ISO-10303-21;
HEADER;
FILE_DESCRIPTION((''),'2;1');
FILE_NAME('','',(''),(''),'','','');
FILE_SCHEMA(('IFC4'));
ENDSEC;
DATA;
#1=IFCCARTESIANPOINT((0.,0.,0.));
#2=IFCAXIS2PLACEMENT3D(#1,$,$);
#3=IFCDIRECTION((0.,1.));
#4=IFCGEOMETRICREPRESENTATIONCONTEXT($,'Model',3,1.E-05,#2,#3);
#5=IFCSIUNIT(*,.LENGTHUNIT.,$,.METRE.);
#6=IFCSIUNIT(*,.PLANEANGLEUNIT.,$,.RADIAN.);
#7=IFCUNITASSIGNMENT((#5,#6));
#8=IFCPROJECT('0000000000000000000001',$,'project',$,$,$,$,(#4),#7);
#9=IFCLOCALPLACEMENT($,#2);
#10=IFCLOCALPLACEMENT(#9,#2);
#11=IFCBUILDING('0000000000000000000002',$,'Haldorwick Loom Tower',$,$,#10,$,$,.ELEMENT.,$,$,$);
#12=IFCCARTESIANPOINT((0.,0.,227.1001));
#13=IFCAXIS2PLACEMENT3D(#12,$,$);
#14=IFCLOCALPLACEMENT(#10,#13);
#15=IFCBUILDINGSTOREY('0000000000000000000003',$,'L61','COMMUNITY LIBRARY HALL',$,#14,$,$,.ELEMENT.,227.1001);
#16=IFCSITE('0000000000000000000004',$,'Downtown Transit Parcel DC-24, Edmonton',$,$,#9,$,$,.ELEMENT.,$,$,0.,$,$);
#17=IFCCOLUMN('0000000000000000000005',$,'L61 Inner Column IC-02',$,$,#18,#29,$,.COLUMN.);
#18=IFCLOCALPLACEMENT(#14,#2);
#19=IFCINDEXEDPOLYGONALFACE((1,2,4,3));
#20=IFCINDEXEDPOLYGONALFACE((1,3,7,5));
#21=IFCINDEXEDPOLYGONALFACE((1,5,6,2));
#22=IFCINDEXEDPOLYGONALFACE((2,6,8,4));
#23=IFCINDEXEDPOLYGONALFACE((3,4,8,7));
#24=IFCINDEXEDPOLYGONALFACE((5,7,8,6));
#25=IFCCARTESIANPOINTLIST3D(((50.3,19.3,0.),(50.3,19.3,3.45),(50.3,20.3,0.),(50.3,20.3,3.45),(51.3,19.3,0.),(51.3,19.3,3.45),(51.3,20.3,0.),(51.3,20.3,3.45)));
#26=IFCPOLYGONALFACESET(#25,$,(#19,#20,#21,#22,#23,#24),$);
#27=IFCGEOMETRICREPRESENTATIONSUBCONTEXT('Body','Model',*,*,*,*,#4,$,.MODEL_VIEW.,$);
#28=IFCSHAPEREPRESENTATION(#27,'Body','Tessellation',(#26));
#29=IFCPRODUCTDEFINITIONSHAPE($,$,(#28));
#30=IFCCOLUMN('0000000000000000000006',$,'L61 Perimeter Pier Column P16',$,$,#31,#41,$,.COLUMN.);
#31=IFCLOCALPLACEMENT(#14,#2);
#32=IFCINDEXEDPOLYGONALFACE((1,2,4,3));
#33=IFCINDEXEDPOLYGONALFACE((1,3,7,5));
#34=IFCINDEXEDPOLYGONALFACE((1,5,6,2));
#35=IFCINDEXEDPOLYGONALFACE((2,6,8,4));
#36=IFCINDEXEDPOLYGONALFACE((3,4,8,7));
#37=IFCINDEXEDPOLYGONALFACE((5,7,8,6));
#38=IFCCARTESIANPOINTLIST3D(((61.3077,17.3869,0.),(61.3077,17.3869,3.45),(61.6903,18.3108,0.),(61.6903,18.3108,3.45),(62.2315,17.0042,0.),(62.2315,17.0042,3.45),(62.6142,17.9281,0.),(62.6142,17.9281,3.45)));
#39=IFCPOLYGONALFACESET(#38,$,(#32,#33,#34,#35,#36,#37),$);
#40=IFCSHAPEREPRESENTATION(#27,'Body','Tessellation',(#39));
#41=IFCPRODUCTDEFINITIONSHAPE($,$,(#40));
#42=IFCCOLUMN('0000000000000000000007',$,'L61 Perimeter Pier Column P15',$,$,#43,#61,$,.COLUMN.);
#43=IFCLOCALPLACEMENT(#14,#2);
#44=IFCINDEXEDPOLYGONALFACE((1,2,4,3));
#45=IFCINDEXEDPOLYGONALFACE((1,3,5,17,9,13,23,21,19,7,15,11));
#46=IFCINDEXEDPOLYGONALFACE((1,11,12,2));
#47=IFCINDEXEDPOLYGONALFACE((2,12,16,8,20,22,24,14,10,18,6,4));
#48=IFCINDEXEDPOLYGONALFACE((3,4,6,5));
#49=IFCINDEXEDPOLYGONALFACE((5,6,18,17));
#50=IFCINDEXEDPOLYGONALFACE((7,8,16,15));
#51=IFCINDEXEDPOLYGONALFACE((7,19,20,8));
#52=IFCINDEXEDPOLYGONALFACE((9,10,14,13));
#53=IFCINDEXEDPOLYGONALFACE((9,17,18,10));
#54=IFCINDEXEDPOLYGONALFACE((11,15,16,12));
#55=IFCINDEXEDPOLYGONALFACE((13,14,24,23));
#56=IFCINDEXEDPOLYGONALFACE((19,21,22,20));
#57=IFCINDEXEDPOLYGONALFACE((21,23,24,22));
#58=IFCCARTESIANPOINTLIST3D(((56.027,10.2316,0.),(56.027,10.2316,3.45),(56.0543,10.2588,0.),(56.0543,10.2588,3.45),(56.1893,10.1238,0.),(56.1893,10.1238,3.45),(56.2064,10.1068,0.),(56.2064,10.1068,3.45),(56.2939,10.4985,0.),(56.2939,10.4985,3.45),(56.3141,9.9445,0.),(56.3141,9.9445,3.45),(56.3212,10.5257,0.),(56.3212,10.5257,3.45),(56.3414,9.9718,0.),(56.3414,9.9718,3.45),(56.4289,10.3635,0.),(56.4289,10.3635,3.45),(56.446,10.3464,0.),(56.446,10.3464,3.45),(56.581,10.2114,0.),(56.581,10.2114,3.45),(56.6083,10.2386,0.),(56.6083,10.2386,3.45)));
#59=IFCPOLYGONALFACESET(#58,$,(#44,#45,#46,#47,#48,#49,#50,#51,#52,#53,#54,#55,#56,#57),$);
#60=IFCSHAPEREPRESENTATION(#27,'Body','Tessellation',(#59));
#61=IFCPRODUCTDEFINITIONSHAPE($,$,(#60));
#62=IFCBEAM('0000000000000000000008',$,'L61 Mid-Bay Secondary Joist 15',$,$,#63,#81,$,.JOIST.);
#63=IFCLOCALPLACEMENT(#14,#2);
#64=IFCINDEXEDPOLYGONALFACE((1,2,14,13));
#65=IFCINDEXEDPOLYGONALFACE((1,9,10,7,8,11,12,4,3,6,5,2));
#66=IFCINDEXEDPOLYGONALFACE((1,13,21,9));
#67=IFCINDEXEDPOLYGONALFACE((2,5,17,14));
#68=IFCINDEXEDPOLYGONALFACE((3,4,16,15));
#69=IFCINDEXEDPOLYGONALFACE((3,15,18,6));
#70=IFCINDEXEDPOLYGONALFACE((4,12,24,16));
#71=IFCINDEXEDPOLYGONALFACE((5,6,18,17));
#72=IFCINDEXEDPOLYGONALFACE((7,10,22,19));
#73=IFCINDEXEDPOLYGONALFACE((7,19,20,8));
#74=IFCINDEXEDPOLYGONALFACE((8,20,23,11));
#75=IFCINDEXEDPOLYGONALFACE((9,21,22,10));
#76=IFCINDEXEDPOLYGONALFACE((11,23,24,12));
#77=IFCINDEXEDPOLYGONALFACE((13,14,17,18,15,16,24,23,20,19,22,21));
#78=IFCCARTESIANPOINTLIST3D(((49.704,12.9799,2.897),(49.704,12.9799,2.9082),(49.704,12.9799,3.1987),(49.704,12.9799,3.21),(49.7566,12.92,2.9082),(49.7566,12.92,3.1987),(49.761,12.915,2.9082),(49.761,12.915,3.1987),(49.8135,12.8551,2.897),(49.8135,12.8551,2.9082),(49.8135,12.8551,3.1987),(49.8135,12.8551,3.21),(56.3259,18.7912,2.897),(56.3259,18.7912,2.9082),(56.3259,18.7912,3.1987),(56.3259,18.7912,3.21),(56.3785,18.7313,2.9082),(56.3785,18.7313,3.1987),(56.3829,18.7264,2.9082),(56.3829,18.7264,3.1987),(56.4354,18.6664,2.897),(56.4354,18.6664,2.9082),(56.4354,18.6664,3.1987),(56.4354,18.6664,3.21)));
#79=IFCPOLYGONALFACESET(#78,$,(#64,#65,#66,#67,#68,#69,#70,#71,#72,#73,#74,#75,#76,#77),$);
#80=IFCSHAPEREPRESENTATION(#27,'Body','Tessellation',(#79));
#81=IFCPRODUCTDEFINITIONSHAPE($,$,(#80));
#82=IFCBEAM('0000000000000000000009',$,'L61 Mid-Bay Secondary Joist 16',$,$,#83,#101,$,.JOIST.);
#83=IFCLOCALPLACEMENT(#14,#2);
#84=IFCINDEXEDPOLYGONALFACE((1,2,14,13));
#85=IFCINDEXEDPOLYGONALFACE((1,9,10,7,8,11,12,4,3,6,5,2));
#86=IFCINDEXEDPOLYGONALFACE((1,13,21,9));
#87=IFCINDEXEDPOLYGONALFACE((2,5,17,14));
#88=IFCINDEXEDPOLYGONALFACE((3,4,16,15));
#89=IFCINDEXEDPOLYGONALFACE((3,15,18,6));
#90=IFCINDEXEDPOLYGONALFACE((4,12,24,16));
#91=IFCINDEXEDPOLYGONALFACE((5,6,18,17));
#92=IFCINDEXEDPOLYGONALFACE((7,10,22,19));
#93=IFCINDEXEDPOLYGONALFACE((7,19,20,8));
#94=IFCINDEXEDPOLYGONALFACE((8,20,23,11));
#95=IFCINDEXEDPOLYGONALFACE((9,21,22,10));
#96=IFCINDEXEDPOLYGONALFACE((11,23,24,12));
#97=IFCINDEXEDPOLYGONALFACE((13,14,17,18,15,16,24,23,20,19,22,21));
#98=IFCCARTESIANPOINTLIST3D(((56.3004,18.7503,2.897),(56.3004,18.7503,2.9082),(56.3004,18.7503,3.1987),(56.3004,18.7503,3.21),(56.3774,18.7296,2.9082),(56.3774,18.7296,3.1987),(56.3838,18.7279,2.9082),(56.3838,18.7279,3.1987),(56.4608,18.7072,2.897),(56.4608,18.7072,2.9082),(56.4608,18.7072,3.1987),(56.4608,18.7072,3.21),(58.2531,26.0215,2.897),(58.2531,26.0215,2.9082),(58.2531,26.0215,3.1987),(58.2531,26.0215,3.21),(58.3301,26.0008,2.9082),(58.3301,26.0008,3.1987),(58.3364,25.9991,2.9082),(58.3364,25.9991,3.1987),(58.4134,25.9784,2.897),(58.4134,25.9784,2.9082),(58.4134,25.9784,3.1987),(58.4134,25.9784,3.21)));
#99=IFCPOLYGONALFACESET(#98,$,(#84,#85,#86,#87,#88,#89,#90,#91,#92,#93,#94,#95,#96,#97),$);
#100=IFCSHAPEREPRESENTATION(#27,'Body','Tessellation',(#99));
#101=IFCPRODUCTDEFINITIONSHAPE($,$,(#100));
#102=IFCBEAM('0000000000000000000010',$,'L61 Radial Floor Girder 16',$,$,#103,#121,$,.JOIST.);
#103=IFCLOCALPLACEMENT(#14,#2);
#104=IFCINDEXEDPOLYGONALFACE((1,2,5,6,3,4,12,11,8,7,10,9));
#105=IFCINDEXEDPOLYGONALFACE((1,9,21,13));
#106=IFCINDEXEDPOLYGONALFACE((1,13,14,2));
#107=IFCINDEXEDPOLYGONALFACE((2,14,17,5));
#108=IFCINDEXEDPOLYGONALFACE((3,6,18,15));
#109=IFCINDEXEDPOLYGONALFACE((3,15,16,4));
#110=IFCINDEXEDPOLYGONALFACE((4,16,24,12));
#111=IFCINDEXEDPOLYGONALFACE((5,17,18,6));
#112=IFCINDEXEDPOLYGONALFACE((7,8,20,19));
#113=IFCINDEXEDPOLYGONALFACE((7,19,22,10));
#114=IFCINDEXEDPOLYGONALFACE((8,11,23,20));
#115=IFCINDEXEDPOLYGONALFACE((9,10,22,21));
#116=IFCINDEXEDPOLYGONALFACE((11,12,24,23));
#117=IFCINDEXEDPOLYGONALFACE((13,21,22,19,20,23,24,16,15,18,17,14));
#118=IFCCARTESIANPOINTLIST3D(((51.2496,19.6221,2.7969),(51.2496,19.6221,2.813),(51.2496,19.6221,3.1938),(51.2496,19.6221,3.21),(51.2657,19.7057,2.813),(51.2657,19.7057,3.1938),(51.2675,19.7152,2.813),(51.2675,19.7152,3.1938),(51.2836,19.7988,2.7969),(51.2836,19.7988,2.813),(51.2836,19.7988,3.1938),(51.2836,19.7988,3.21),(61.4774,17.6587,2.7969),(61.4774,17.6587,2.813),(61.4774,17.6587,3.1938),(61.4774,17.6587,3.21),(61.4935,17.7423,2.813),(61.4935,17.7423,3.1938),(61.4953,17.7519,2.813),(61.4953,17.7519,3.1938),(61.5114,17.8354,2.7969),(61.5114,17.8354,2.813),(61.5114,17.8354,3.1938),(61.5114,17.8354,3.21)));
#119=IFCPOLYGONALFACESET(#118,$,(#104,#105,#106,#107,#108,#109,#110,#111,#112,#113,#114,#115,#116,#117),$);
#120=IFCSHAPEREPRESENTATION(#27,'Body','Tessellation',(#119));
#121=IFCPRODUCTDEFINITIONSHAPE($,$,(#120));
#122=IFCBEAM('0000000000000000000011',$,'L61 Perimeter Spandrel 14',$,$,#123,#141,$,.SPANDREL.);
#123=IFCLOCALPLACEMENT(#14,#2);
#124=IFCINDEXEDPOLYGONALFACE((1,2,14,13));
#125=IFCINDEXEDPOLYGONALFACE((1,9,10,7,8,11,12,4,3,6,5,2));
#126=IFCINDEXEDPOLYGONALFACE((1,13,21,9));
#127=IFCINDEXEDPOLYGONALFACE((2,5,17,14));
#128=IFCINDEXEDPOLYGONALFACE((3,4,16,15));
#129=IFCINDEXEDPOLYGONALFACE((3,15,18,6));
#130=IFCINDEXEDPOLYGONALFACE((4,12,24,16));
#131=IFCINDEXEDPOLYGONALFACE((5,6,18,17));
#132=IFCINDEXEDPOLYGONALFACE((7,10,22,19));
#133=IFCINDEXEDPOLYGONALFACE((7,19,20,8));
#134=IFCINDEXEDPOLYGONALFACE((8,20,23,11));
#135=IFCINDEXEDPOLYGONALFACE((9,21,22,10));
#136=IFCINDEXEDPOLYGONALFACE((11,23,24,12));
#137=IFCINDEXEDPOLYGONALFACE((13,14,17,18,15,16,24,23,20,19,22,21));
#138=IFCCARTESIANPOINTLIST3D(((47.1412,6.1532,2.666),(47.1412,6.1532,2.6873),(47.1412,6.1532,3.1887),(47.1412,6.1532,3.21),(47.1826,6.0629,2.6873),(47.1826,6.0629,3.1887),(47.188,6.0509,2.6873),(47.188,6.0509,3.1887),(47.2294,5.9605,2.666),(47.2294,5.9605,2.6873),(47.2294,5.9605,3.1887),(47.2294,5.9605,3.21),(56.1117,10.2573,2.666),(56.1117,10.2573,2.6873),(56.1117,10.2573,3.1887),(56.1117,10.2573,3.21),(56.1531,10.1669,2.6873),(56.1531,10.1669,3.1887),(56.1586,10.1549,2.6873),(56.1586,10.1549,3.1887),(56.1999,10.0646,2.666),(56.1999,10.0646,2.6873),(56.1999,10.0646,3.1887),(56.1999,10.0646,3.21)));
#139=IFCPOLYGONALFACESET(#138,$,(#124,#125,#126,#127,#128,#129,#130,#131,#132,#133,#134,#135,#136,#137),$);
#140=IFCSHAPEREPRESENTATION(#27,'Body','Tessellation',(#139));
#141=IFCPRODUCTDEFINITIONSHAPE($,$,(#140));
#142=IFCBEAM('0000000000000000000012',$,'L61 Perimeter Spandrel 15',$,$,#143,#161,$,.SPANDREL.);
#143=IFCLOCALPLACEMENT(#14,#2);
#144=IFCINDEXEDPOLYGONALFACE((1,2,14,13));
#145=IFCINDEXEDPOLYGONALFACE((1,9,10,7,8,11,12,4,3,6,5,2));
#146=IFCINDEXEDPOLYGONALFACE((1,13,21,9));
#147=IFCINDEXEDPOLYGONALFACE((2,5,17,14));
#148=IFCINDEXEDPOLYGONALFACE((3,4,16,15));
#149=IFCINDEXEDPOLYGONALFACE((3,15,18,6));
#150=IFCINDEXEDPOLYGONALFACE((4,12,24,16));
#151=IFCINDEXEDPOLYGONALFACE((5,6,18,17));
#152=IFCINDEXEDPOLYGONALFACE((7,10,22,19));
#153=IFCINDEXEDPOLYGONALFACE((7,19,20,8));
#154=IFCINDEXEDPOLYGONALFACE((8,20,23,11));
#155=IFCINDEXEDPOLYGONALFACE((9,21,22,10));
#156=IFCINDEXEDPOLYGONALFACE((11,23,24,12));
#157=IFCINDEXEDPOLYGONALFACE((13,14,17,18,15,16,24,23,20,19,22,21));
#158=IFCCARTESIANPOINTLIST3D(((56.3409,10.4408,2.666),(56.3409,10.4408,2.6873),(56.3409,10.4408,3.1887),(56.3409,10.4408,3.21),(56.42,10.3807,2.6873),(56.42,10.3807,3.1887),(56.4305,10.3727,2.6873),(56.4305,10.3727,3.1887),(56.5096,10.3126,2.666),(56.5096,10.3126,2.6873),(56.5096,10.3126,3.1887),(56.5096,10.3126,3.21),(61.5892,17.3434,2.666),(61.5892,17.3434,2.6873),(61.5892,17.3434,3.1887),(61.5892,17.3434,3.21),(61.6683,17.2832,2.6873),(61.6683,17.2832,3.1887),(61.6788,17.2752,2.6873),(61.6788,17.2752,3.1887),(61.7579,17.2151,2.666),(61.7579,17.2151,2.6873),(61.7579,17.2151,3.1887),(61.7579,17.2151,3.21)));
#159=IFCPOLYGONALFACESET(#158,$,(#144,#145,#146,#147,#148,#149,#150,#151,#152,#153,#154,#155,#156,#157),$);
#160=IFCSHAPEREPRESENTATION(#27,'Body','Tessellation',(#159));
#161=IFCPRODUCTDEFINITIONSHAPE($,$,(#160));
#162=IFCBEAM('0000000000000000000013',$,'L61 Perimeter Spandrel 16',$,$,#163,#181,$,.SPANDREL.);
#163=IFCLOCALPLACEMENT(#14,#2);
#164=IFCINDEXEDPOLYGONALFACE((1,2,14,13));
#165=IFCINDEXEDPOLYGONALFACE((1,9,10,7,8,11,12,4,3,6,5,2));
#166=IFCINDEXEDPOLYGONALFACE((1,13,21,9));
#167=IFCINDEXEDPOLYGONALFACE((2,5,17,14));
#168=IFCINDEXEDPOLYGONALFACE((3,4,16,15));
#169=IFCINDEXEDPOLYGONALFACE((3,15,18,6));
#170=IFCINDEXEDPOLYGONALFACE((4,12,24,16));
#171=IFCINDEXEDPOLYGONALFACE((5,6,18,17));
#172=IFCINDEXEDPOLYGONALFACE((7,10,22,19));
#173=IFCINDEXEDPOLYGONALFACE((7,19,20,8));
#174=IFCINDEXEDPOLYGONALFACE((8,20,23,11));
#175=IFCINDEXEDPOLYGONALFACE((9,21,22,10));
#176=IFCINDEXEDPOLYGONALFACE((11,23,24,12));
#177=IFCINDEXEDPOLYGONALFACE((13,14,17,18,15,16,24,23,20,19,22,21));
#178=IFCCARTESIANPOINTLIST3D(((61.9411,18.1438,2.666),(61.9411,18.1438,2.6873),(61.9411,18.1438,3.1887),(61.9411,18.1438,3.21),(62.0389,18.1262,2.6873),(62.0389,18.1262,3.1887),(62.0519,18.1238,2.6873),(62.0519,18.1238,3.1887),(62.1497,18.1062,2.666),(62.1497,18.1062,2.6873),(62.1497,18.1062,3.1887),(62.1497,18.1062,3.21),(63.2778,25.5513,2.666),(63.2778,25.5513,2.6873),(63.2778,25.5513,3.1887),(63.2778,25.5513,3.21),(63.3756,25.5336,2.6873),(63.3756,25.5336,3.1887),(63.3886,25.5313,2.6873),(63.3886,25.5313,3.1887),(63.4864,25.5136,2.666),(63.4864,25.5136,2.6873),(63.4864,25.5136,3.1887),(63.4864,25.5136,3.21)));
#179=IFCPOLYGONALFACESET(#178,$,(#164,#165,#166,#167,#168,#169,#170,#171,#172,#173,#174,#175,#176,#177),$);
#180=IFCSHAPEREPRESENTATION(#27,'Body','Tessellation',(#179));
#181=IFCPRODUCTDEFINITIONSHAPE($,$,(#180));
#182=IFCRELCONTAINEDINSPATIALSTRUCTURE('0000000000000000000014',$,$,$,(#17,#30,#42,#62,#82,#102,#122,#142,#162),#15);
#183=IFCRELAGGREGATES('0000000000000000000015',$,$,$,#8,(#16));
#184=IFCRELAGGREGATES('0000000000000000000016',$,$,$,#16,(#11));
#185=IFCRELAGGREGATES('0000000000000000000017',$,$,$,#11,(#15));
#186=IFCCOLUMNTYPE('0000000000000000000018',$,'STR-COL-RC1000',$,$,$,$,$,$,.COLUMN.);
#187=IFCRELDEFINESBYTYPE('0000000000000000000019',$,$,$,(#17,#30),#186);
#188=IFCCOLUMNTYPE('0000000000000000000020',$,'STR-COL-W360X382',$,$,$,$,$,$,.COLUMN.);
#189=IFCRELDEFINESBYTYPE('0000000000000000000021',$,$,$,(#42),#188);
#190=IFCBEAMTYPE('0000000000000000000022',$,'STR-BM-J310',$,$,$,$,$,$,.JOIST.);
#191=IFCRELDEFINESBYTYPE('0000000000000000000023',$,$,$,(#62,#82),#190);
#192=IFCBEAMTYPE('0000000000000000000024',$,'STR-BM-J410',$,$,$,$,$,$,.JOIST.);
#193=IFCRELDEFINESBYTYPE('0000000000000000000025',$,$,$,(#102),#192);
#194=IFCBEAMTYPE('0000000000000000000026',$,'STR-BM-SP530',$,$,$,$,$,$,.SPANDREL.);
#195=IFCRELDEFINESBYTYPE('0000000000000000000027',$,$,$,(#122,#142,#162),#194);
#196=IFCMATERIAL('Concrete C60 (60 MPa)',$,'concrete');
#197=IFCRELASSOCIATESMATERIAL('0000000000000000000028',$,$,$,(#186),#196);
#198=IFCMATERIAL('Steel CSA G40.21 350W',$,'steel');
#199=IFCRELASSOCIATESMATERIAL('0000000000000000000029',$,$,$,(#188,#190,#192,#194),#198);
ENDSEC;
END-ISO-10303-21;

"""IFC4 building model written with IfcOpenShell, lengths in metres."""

from ifc_helpers import new_model, si_unit, direction, frame, origin, origin_2d, place, context, subcontext, project, spatial, rectangle, i_section, extrude, material, material_profile, profile_set, type_object, element, save


model = new_model("IFC4")

# Units and contexts
model_context = context("Model", 3, precision=1e-05, world=origin(), true_north=direction((0.0, 1.0)))
body_context = subcontext(model_context, "Body", "Model", "MODEL_VIEW")
ifc_project = project(units=[si_unit("LENGTHUNIT", "METRE"), si_unit("PLANEANGLEUNIT", "RADIAN")], contexts=[model_context])

# Site, building, storey
site_placement = place(None, origin())
site = spatial("IfcSite", under=ifc_project, at=site_placement, Name="Downtown Transit Parcel DC-24, Edmonton", CompositionType="ELEMENT", RefElevation=0.0)
building_placement = place(site_placement, origin())
building = spatial("IfcBuilding", under=site, at=building_placement, Name="Haldorwick Loom Tower", CompositionType="ELEMENT")
storey_placement = place(building_placement, frame((0.0, 0.0, 227.1001)))
storey = spatial("IfcBuildingStorey", under=building, at=storey_placement, Name="L61", Description="COMMUNITY LIBRARY HALL", CompositionType="ELEMENT", Elevation=227.1001)

# Columns
ifc_material_1 = material(Name="Concrete C60 (60 MPa)", Category="concrete")
ifc_material_profile_1 = material_profile(ifc_material_1, rectangle(XDim=1.0, YDim=1.0, at=origin_2d()), Name="RC1000X1000", Category="concrete")
ifc_profile_set_1 = profile_set([ifc_material_profile_1], Name="Concrete C60 (60 MPa)")
column_type_1 = type_object("IfcColumnType", Name="STR-COL-RC1000", PredefinedType="COLUMN", material=ifc_profile_set_1)
for number, where, z_axis, x_axis, name in (
    (1, (50.8, 19.8, 0.0), (0.0, 0.0, 1.0), (1.0, 0.0, 0.0), "L61 Inner Column IC-02"),
    (2, (61.9609, 17.6575, 0.0), (0.0, 0.0, 1.0), (0.92388, -0.382683, 0.0), "L61 Perimeter Pier Column P16"),
):
    element("IfcColumn", number, at=place(storey_placement, frame(where, z_axis=z_axis, x_axis=x_axis)), inside=storey, type_object=column_type_1, Name=name, PredefinedType="COLUMN", context=body_context, shape_type="SweptSolid", body=[
        extrude(rectangle(XDim=1.0, YDim=1.0, at=origin_2d()), origin(), (0.0, 0.0, 1.0), 3.45),
    ])
ifc_material_2 = material(Name="Steel CSA G40.21 350W", Category="steel")
ifc_material_profile_2 = material_profile(ifc_material_2, i_section(OverallWidth=0.406, OverallDepth=0.416, WebThickness=0.0242, FlangeThickness=0.0386, at=origin_2d()), Name="W360X382", Category="steel")
ifc_profile_set_2 = profile_set([ifc_material_profile_2], Name="Steel CSA G40.21 350W")
column_type_2 = type_object("IfcColumnType", Name="STR-COL-W360X382", PredefinedType="COLUMN", material=ifc_profile_set_2)
column_placement = place(storey_placement, frame((56.3176, 10.2351, 0.0), z_axis=(0.0, 0.0, 1.0), x_axis=(0.707107, -0.707107, 0.0)))
element("IfcColumn", 3, at=column_placement, inside=storey, type_object=column_type_2, Name="L61 Perimeter Pier Column P15", PredefinedType="COLUMN", context=body_context, shape_type="SweptSolid", body=[
    extrude(i_section(OverallWidth=0.406, OverallDepth=0.416, WebThickness=0.0242, FlangeThickness=0.0386, at=origin_2d()), origin(), (0.0, 0.0, 1.0), 3.45),
])

# Beams
ifc_material_profile_3 = material_profile(ifc_material_2, i_section(OverallWidth=0.166, OverallDepth=0.313, WebThickness=0.0066, FlangeThickness=0.0112, at=origin_2d()), Name="W310X45", Category="steel")
ifc_profile_set_3 = profile_set([ifc_material_profile_3], Name="Steel CSA G40.21 350W")
beam_type_1 = type_object("IfcBeamType", Name="STR-BM-J310", PredefinedType="JOIST", material=ifc_profile_set_3)
beam_1_placement = place(storey_placement, frame((49.7588, 12.9175, 3.0535), z_axis=(0.751609, 0.659608, 0.0), x_axis=(-0.659608, 0.751609, 0.0)))
element("IfcBeam", 4, at=beam_1_placement, inside=storey, type_object=beam_type_1, Name="L61 Mid-Bay Secondary Joist 15", PredefinedType="JOIST", context=body_context, shape_type="SweptSolid", body=[
    extrude(i_section(OverallWidth=0.166, OverallDepth=0.313, WebThickness=0.0066, FlangeThickness=0.0112, at=origin_2d()), origin(), (0.0, 0.0, 1.0), 8.8103),
])
beam_2_placement = place(storey_placement, frame((56.3806, 18.7288, 3.0535), z_axis=(0.259354, 0.965782, 0.0), x_axis=(-0.965782, 0.259354, 0.0)))
element("IfcBeam", 5, at=beam_2_placement, inside=storey, type_object=beam_type_1, Name="L61 Mid-Bay Secondary Joist 16", PredefinedType="JOIST", context=body_context, shape_type="SweptSolid", body=[
    extrude(i_section(OverallWidth=0.166, OverallDepth=0.313, WebThickness=0.0066, FlangeThickness=0.0112, at=origin_2d()), origin(), (0.0, 0.0, 1.0), 7.5288),
])
ifc_material_profile_4 = material_profile(ifc_material_2, i_section(OverallWidth=0.1799, OverallDepth=0.4131, WebThickness=0.0098, FlangeThickness=0.0161, at=origin_2d()), Name="W410X74", Category="steel")
ifc_profile_set_4 = profile_set([ifc_material_profile_4], Name="Steel CSA G40.21 350W")
beam_type_2 = type_object("IfcBeamType", Name="STR-BM-J410", PredefinedType="JOIST", material=ifc_profile_set_4)
beam_3_placement = place(storey_placement, frame((51.2666, 19.7104, 3.0034), z_axis=(0.982069, -0.188523, 0.0), x_axis=(0.188523, 0.982069, 0.0)))
element("IfcBeam", 6, at=beam_3_placement, inside=storey, type_object=beam_type_2, Name="L61 Radial Floor Girder 16", PredefinedType="JOIST", context=body_context, shape_type="SweptSolid", body=[
    extrude(i_section(OverallWidth=0.1799, OverallDepth=0.4131, WebThickness=0.0098, FlangeThickness=0.0161, at=origin_2d()), origin(), (0.0, 0.0, 1.0), 10.4146),
])
ifc_material_profile_5 = material_profile(ifc_material_2, i_section(OverallWidth=0.2119, OverallDepth=0.5439, WebThickness=0.0132, FlangeThickness=0.0212, at=origin_2d()), Name="W530X123", Category="steel")
ifc_profile_set_5 = profile_set([ifc_material_profile_5], Name="Steel CSA G40.21 350W")
beam_type_3 = type_object("IfcBeamType", Name="STR-BM-SP530", PredefinedType="SPANDREL", material=ifc_profile_set_5)
beam_4_placement = place(storey_placement, frame((47.1853, 6.0569, 2.938), z_axis=(0.909351, 0.41603, 0.0), x_axis=(-0.41603, 0.909351, 0.0)))
element("IfcBeam", 7, at=beam_4_placement, inside=storey, type_object=beam_type_3, Name="L61 Perimeter Spandrel 14", PredefinedType="SPANDREL", context=body_context, shape_type="SweptSolid", body=[
    extrude(i_section(OverallWidth=0.2119, OverallDepth=0.5439, WebThickness=0.0132, FlangeThickness=0.0212, at=origin_2d()), origin(), (0.0, 0.0, 1.0), 9.8647),
])
beam_5_placement = place(storey_placement, frame((56.4253, 10.3767, 2.938), z_axis=(0.605253, 0.796033, 0.0), x_axis=(-0.796033, 0.605253, 0.0)))
element("IfcBeam", 8, at=beam_5_placement, inside=storey, type_object=beam_type_3, Name="L61 Perimeter Spandrel 15", PredefinedType="SPANDREL", context=body_context, shape_type="SweptSolid", body=[
    extrude(i_section(OverallWidth=0.2119, OverallDepth=0.5439, WebThickness=0.0132, FlangeThickness=0.0212, at=origin_2d()), origin(), (0.0, 0.0, 1.0), 8.6711),
])
beam_6_placement = place(storey_placement, frame((62.0454, 18.125, 2.938), z_axis=(0.177581, 0.984106, 0.0), x_axis=(-0.984106, 0.177581, 0.0)))
element("IfcBeam", 9, at=beam_6_placement, inside=storey, type_object=beam_type_3, Name="L61 Perimeter Spandrel 16", PredefinedType="SPANDREL", context=body_context, shape_type="SweptSolid", body=[
    extrude(i_section(OverallWidth=0.2119, OverallDepth=0.5439, WebThickness=0.0132, FlangeThickness=0.0212, at=origin_2d()), origin(), (0.0, 0.0, 1.0), 7.5271),
])

save(model, "model.ifc")
